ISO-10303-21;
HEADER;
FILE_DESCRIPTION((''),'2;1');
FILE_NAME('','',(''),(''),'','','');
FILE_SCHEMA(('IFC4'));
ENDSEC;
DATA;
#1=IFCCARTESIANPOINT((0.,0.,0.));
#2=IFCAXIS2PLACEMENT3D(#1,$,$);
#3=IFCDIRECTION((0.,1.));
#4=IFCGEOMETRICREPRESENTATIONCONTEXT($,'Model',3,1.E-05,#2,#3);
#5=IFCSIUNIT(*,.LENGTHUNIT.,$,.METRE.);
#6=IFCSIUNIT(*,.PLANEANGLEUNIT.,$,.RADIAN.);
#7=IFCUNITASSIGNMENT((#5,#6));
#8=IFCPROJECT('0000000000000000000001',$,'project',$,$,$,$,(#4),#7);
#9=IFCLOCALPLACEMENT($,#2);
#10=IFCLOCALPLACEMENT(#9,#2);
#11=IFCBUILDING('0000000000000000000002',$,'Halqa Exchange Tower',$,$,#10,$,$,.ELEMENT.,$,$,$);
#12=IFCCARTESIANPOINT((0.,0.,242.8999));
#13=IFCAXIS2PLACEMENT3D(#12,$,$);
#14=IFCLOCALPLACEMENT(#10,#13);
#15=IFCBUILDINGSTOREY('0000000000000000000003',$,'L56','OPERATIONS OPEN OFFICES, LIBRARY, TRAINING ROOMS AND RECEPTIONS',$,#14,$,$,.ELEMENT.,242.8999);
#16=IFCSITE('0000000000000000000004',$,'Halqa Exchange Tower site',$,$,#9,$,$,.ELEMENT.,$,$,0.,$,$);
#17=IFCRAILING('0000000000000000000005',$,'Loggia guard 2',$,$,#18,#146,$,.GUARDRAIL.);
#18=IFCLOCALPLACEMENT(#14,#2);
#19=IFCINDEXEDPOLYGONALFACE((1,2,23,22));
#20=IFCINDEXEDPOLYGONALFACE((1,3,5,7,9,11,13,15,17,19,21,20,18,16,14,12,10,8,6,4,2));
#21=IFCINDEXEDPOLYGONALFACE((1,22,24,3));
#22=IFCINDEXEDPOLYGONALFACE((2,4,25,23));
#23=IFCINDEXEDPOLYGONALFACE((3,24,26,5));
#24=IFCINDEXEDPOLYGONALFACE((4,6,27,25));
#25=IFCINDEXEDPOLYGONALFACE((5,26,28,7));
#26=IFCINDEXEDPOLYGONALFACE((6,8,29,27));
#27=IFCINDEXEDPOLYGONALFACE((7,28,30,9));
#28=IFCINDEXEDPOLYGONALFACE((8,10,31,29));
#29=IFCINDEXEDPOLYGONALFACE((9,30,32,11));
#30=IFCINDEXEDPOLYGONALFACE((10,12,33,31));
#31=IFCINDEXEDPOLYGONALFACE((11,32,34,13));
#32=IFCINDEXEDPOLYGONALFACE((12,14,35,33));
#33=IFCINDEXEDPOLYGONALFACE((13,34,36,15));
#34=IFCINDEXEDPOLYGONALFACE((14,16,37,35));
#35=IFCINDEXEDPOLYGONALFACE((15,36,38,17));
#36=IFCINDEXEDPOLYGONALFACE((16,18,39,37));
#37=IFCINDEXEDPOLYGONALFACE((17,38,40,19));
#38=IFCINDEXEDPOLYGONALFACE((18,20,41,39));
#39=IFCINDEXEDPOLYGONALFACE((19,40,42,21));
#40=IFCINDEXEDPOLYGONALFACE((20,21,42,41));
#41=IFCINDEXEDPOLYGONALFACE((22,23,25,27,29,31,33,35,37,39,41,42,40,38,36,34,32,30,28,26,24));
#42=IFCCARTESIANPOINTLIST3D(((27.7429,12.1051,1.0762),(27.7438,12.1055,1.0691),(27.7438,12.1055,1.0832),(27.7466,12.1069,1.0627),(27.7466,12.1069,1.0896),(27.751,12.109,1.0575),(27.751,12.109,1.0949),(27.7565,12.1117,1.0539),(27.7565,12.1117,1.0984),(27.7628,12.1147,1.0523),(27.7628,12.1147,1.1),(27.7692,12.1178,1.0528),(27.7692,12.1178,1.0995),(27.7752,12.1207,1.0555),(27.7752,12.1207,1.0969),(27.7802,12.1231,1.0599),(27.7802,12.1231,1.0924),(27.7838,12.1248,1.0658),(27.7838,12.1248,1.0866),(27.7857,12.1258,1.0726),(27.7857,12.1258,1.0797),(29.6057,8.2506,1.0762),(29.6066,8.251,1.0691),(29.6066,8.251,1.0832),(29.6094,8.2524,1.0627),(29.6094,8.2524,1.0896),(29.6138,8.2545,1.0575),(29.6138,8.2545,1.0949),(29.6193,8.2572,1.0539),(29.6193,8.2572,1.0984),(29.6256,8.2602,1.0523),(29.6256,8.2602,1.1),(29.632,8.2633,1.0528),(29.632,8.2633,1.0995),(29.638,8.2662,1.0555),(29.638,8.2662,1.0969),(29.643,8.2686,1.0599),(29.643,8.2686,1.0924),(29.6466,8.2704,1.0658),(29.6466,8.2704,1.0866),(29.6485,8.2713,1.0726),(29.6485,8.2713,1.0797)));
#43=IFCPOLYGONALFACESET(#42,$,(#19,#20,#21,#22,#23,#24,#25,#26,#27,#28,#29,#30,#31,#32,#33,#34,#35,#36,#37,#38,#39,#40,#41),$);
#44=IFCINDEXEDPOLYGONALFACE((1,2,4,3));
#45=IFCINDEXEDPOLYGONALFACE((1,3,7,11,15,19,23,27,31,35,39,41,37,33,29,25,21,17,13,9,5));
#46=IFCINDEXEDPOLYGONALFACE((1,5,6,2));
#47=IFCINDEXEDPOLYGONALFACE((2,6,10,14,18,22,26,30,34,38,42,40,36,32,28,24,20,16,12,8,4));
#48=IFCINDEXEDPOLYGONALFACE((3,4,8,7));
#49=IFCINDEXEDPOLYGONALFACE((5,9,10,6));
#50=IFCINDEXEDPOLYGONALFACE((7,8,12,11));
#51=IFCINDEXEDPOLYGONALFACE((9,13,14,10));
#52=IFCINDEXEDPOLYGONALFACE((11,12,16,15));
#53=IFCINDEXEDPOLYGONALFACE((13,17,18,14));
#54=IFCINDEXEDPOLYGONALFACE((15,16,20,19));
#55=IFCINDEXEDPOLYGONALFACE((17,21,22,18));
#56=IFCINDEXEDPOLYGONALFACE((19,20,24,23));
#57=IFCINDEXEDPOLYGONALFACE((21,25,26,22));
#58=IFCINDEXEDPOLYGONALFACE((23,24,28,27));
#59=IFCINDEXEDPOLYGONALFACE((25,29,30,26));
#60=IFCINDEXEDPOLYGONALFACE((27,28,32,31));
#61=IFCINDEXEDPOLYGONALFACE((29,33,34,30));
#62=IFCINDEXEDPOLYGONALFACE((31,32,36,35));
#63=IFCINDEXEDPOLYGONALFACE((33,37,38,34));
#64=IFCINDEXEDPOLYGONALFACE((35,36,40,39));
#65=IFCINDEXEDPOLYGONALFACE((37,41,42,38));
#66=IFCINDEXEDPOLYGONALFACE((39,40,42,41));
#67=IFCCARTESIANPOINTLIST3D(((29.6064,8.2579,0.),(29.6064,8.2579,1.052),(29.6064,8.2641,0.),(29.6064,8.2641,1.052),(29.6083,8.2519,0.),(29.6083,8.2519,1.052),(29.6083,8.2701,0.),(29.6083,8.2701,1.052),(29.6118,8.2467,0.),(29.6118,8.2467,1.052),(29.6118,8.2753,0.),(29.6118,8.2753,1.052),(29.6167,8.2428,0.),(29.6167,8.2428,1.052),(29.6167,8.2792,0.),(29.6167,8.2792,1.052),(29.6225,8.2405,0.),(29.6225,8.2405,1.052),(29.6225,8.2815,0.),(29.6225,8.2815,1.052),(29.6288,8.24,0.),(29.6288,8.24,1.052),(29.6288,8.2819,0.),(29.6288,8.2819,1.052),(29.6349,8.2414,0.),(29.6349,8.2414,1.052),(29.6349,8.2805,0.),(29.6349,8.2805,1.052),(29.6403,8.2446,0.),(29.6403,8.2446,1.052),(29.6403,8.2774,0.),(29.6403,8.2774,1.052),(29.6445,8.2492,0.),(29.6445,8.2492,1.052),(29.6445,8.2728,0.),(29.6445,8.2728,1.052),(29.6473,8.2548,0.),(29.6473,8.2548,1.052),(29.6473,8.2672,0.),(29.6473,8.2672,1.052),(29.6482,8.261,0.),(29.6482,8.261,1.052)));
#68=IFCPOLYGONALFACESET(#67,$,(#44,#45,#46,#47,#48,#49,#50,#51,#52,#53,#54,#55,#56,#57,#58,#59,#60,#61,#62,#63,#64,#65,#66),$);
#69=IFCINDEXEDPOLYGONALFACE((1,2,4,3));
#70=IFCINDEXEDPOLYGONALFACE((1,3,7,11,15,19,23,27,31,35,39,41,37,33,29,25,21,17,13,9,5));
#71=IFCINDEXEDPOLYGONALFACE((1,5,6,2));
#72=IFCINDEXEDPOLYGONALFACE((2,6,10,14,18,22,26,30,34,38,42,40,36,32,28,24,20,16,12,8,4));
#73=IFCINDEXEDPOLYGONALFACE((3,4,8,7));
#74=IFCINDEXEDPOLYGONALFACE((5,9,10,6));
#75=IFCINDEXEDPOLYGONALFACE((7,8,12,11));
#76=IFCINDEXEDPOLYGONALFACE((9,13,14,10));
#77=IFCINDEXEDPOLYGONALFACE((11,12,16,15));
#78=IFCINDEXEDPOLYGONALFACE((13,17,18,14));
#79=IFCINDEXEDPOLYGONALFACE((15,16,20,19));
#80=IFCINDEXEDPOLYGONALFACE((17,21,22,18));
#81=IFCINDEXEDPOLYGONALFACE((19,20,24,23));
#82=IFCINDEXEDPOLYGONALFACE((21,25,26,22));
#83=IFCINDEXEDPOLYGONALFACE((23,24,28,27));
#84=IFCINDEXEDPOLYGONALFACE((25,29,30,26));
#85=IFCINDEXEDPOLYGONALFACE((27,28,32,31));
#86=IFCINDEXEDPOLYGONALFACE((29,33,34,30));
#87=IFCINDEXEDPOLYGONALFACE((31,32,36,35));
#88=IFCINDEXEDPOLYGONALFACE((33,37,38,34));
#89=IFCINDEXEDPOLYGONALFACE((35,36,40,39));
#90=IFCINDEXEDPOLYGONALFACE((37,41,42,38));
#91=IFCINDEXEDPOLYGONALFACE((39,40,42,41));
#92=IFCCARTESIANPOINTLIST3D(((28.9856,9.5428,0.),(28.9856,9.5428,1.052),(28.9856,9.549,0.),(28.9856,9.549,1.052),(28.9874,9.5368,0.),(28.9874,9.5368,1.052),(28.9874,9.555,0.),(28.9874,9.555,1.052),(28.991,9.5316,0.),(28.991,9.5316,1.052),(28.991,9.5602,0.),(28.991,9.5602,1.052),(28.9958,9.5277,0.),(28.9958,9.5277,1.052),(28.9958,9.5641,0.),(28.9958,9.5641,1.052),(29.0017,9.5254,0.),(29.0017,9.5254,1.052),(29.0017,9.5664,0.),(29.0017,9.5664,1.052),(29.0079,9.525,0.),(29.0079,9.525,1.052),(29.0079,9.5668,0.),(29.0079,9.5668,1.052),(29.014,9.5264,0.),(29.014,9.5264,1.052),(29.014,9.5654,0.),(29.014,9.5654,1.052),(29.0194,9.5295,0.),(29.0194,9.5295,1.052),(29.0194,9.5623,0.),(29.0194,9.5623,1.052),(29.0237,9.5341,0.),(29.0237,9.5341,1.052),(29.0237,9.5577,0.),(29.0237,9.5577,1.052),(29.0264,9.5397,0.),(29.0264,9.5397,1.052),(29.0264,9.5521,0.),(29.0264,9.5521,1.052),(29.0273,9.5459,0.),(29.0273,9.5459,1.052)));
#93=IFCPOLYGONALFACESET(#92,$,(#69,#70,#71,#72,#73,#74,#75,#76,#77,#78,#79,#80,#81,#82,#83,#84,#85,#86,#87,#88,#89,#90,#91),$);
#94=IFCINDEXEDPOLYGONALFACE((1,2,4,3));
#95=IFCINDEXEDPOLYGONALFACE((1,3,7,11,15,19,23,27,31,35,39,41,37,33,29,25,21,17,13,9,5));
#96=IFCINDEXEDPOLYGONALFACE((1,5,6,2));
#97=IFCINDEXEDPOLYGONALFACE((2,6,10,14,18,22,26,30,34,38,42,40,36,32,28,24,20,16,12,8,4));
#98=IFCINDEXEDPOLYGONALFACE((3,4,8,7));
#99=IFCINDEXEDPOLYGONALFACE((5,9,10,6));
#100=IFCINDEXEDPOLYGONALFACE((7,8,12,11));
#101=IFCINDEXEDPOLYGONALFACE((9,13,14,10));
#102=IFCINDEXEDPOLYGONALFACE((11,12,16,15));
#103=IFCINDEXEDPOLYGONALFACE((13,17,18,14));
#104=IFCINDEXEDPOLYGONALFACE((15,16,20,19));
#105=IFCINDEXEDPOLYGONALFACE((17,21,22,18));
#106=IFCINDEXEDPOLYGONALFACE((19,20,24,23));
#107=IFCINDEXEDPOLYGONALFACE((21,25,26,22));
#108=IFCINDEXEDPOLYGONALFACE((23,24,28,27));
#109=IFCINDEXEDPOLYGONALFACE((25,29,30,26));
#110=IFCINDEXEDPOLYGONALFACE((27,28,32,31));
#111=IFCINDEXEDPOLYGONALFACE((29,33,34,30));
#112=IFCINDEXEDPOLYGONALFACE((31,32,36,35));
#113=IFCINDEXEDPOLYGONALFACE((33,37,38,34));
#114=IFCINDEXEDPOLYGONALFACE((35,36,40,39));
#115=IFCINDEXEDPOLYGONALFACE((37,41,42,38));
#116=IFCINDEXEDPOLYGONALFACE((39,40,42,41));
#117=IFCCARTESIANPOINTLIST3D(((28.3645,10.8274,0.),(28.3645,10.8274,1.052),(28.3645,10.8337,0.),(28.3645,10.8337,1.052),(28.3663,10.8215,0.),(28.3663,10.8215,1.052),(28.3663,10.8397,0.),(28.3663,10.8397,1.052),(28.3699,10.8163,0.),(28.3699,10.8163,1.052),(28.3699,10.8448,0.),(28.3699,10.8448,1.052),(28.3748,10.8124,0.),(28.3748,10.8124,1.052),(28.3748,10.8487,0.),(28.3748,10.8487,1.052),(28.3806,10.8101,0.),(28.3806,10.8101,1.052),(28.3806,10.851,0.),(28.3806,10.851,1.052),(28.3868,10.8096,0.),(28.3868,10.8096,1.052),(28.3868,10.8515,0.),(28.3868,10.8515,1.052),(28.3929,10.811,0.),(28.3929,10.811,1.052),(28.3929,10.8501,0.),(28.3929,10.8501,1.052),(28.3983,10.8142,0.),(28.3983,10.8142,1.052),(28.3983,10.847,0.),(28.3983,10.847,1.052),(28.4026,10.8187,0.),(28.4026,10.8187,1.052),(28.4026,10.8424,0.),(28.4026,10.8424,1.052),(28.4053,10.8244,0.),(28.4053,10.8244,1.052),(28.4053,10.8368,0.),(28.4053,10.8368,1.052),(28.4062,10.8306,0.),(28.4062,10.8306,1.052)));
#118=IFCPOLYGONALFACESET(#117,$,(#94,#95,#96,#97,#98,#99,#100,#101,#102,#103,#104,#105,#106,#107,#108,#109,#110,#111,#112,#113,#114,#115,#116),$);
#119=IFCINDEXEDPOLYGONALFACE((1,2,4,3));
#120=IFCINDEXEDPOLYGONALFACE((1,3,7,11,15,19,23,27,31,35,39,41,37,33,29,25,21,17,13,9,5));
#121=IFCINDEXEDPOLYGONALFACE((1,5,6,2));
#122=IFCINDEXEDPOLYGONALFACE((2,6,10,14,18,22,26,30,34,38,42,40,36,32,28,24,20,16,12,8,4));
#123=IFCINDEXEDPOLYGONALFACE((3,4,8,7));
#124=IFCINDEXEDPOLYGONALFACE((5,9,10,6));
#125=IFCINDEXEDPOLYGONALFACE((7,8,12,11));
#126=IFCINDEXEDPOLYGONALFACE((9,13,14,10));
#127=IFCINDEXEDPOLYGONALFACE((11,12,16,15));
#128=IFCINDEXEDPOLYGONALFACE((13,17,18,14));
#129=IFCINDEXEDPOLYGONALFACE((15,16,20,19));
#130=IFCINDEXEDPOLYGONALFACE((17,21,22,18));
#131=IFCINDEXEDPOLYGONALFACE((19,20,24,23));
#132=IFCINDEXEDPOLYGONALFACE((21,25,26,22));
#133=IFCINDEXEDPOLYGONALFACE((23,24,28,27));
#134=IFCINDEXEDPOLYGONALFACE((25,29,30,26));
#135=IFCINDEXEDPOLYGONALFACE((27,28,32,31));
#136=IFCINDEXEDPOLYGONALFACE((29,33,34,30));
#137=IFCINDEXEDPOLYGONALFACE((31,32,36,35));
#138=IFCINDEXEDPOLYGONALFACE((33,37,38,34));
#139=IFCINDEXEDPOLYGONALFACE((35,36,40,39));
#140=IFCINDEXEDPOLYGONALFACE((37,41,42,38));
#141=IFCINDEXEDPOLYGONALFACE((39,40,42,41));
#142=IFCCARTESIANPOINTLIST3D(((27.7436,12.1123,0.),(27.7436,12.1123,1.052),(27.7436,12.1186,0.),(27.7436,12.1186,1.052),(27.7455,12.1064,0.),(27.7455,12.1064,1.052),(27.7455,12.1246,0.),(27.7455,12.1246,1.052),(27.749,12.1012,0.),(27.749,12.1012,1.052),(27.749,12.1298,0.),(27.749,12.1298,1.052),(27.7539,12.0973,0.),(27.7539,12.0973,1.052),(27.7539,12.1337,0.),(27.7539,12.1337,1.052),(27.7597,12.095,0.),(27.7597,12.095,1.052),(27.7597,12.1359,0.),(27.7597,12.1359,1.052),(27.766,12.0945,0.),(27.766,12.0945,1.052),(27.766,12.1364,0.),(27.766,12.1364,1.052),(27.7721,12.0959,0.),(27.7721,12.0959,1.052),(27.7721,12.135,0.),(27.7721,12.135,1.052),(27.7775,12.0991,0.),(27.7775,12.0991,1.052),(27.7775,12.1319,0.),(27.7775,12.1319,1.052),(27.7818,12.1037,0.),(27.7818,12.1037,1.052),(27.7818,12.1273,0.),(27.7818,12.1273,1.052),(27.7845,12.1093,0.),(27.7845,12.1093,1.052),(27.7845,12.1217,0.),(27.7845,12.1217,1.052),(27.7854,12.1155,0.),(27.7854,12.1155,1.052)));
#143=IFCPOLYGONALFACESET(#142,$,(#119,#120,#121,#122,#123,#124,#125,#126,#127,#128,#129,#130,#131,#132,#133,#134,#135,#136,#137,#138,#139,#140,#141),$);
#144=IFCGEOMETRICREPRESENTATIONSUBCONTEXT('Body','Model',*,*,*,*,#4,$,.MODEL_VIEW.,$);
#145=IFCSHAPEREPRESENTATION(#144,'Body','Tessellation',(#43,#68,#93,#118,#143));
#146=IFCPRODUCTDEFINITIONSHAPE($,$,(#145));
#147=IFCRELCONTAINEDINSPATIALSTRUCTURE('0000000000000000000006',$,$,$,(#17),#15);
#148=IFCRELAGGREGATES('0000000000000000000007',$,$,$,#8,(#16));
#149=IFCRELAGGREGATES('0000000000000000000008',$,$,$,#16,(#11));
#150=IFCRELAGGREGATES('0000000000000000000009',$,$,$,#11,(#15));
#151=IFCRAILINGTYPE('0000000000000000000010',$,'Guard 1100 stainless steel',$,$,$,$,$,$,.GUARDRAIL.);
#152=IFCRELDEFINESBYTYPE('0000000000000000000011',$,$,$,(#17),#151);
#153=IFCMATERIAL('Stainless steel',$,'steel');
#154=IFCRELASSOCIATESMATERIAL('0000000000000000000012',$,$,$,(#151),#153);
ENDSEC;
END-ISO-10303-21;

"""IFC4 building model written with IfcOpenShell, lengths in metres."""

from ifc_helpers import new_model, si_unit, direction, frame, origin, origin_2d, place, context, subcontext, project, spatial, circle, extrude, material, type_object, element, save


model = new_model("IFC4")

# Units and contexts
model_context = context("Model", 3, precision=1e-05, world=origin(), true_north=direction((0.0, 1.0)))
body_context = subcontext(model_context, "Body", "Model", "MODEL_VIEW")
ifc_project = project(units=[si_unit("LENGTHUNIT", "METRE"), si_unit("PLANEANGLEUNIT", "RADIAN")], contexts=[model_context])

# Site, building, storey
site_placement = place(None, origin())
site = spatial("IfcSite", under=ifc_project, at=site_placement, Name="Halqa Exchange Tower site", CompositionType="ELEMENT", RefElevation=0.0)
building_placement = place(site_placement, origin())
building = spatial("IfcBuilding", under=site, at=building_placement, Name="Halqa Exchange Tower", CompositionType="ELEMENT")
storey_placement = place(building_placement, frame((0.0, 0.0, 242.8999)))
storey = spatial("IfcBuildingStorey", under=building, at=storey_placement, Name="L56", Description="OPERATIONS OPEN OFFICES, LIBRARY, TRAINING ROOMS AND RECEPTIONS", CompositionType="ELEMENT", Elevation=242.8999)

# Railing
ifc_material_1 = material(Name="Stainless steel", Category="steel")
railing_type = type_object("IfcRailingType", Name="Guard 1100 stainless steel", PredefinedType="GUARDRAIL", material=ifc_material_1)
railing_1_placement = place(storey_placement, frame((29.6272, 8.261, 0.0)))
element("IfcRailing", 1, at=railing_1_placement, inside=storey, type_object=railing_type, Name="Loggia guard 2", PredefinedType="GUARDRAIL", context=body_context, shape_type="SweptSolid", body=[
    extrude(circle(Radius=0.0239, at=origin_2d()), frame((0.0, 0.0, 1.0762), z_axis=(-0.435129, 0.900368, 0.0), x_axis=(-0.900368, -0.435129, 0.0)), (0.0, 0.0, 1.0), 4.281),
    extrude(circle(Radius=0.021, at=origin_2d()), origin(), (0.0, 0.0, 1.0), 1.052),
    extrude(circle(Radius=0.021, at=origin_2d()), frame((-0.6208, 1.2849, 0.0)), (0.0, 0.0, 1.0), 1.052),
    extrude(circle(Radius=0.021, at=origin_2d()), frame((-1.2419, 2.5696, 0.0)), (0.0, 0.0, 1.0), 1.052),
    extrude(circle(Radius=0.021, at=origin_2d()), frame((-1.8628, 3.8545, 0.0)), (0.0, 0.0, 1.0), 1.052),
])

save(model, "model.ifc")
